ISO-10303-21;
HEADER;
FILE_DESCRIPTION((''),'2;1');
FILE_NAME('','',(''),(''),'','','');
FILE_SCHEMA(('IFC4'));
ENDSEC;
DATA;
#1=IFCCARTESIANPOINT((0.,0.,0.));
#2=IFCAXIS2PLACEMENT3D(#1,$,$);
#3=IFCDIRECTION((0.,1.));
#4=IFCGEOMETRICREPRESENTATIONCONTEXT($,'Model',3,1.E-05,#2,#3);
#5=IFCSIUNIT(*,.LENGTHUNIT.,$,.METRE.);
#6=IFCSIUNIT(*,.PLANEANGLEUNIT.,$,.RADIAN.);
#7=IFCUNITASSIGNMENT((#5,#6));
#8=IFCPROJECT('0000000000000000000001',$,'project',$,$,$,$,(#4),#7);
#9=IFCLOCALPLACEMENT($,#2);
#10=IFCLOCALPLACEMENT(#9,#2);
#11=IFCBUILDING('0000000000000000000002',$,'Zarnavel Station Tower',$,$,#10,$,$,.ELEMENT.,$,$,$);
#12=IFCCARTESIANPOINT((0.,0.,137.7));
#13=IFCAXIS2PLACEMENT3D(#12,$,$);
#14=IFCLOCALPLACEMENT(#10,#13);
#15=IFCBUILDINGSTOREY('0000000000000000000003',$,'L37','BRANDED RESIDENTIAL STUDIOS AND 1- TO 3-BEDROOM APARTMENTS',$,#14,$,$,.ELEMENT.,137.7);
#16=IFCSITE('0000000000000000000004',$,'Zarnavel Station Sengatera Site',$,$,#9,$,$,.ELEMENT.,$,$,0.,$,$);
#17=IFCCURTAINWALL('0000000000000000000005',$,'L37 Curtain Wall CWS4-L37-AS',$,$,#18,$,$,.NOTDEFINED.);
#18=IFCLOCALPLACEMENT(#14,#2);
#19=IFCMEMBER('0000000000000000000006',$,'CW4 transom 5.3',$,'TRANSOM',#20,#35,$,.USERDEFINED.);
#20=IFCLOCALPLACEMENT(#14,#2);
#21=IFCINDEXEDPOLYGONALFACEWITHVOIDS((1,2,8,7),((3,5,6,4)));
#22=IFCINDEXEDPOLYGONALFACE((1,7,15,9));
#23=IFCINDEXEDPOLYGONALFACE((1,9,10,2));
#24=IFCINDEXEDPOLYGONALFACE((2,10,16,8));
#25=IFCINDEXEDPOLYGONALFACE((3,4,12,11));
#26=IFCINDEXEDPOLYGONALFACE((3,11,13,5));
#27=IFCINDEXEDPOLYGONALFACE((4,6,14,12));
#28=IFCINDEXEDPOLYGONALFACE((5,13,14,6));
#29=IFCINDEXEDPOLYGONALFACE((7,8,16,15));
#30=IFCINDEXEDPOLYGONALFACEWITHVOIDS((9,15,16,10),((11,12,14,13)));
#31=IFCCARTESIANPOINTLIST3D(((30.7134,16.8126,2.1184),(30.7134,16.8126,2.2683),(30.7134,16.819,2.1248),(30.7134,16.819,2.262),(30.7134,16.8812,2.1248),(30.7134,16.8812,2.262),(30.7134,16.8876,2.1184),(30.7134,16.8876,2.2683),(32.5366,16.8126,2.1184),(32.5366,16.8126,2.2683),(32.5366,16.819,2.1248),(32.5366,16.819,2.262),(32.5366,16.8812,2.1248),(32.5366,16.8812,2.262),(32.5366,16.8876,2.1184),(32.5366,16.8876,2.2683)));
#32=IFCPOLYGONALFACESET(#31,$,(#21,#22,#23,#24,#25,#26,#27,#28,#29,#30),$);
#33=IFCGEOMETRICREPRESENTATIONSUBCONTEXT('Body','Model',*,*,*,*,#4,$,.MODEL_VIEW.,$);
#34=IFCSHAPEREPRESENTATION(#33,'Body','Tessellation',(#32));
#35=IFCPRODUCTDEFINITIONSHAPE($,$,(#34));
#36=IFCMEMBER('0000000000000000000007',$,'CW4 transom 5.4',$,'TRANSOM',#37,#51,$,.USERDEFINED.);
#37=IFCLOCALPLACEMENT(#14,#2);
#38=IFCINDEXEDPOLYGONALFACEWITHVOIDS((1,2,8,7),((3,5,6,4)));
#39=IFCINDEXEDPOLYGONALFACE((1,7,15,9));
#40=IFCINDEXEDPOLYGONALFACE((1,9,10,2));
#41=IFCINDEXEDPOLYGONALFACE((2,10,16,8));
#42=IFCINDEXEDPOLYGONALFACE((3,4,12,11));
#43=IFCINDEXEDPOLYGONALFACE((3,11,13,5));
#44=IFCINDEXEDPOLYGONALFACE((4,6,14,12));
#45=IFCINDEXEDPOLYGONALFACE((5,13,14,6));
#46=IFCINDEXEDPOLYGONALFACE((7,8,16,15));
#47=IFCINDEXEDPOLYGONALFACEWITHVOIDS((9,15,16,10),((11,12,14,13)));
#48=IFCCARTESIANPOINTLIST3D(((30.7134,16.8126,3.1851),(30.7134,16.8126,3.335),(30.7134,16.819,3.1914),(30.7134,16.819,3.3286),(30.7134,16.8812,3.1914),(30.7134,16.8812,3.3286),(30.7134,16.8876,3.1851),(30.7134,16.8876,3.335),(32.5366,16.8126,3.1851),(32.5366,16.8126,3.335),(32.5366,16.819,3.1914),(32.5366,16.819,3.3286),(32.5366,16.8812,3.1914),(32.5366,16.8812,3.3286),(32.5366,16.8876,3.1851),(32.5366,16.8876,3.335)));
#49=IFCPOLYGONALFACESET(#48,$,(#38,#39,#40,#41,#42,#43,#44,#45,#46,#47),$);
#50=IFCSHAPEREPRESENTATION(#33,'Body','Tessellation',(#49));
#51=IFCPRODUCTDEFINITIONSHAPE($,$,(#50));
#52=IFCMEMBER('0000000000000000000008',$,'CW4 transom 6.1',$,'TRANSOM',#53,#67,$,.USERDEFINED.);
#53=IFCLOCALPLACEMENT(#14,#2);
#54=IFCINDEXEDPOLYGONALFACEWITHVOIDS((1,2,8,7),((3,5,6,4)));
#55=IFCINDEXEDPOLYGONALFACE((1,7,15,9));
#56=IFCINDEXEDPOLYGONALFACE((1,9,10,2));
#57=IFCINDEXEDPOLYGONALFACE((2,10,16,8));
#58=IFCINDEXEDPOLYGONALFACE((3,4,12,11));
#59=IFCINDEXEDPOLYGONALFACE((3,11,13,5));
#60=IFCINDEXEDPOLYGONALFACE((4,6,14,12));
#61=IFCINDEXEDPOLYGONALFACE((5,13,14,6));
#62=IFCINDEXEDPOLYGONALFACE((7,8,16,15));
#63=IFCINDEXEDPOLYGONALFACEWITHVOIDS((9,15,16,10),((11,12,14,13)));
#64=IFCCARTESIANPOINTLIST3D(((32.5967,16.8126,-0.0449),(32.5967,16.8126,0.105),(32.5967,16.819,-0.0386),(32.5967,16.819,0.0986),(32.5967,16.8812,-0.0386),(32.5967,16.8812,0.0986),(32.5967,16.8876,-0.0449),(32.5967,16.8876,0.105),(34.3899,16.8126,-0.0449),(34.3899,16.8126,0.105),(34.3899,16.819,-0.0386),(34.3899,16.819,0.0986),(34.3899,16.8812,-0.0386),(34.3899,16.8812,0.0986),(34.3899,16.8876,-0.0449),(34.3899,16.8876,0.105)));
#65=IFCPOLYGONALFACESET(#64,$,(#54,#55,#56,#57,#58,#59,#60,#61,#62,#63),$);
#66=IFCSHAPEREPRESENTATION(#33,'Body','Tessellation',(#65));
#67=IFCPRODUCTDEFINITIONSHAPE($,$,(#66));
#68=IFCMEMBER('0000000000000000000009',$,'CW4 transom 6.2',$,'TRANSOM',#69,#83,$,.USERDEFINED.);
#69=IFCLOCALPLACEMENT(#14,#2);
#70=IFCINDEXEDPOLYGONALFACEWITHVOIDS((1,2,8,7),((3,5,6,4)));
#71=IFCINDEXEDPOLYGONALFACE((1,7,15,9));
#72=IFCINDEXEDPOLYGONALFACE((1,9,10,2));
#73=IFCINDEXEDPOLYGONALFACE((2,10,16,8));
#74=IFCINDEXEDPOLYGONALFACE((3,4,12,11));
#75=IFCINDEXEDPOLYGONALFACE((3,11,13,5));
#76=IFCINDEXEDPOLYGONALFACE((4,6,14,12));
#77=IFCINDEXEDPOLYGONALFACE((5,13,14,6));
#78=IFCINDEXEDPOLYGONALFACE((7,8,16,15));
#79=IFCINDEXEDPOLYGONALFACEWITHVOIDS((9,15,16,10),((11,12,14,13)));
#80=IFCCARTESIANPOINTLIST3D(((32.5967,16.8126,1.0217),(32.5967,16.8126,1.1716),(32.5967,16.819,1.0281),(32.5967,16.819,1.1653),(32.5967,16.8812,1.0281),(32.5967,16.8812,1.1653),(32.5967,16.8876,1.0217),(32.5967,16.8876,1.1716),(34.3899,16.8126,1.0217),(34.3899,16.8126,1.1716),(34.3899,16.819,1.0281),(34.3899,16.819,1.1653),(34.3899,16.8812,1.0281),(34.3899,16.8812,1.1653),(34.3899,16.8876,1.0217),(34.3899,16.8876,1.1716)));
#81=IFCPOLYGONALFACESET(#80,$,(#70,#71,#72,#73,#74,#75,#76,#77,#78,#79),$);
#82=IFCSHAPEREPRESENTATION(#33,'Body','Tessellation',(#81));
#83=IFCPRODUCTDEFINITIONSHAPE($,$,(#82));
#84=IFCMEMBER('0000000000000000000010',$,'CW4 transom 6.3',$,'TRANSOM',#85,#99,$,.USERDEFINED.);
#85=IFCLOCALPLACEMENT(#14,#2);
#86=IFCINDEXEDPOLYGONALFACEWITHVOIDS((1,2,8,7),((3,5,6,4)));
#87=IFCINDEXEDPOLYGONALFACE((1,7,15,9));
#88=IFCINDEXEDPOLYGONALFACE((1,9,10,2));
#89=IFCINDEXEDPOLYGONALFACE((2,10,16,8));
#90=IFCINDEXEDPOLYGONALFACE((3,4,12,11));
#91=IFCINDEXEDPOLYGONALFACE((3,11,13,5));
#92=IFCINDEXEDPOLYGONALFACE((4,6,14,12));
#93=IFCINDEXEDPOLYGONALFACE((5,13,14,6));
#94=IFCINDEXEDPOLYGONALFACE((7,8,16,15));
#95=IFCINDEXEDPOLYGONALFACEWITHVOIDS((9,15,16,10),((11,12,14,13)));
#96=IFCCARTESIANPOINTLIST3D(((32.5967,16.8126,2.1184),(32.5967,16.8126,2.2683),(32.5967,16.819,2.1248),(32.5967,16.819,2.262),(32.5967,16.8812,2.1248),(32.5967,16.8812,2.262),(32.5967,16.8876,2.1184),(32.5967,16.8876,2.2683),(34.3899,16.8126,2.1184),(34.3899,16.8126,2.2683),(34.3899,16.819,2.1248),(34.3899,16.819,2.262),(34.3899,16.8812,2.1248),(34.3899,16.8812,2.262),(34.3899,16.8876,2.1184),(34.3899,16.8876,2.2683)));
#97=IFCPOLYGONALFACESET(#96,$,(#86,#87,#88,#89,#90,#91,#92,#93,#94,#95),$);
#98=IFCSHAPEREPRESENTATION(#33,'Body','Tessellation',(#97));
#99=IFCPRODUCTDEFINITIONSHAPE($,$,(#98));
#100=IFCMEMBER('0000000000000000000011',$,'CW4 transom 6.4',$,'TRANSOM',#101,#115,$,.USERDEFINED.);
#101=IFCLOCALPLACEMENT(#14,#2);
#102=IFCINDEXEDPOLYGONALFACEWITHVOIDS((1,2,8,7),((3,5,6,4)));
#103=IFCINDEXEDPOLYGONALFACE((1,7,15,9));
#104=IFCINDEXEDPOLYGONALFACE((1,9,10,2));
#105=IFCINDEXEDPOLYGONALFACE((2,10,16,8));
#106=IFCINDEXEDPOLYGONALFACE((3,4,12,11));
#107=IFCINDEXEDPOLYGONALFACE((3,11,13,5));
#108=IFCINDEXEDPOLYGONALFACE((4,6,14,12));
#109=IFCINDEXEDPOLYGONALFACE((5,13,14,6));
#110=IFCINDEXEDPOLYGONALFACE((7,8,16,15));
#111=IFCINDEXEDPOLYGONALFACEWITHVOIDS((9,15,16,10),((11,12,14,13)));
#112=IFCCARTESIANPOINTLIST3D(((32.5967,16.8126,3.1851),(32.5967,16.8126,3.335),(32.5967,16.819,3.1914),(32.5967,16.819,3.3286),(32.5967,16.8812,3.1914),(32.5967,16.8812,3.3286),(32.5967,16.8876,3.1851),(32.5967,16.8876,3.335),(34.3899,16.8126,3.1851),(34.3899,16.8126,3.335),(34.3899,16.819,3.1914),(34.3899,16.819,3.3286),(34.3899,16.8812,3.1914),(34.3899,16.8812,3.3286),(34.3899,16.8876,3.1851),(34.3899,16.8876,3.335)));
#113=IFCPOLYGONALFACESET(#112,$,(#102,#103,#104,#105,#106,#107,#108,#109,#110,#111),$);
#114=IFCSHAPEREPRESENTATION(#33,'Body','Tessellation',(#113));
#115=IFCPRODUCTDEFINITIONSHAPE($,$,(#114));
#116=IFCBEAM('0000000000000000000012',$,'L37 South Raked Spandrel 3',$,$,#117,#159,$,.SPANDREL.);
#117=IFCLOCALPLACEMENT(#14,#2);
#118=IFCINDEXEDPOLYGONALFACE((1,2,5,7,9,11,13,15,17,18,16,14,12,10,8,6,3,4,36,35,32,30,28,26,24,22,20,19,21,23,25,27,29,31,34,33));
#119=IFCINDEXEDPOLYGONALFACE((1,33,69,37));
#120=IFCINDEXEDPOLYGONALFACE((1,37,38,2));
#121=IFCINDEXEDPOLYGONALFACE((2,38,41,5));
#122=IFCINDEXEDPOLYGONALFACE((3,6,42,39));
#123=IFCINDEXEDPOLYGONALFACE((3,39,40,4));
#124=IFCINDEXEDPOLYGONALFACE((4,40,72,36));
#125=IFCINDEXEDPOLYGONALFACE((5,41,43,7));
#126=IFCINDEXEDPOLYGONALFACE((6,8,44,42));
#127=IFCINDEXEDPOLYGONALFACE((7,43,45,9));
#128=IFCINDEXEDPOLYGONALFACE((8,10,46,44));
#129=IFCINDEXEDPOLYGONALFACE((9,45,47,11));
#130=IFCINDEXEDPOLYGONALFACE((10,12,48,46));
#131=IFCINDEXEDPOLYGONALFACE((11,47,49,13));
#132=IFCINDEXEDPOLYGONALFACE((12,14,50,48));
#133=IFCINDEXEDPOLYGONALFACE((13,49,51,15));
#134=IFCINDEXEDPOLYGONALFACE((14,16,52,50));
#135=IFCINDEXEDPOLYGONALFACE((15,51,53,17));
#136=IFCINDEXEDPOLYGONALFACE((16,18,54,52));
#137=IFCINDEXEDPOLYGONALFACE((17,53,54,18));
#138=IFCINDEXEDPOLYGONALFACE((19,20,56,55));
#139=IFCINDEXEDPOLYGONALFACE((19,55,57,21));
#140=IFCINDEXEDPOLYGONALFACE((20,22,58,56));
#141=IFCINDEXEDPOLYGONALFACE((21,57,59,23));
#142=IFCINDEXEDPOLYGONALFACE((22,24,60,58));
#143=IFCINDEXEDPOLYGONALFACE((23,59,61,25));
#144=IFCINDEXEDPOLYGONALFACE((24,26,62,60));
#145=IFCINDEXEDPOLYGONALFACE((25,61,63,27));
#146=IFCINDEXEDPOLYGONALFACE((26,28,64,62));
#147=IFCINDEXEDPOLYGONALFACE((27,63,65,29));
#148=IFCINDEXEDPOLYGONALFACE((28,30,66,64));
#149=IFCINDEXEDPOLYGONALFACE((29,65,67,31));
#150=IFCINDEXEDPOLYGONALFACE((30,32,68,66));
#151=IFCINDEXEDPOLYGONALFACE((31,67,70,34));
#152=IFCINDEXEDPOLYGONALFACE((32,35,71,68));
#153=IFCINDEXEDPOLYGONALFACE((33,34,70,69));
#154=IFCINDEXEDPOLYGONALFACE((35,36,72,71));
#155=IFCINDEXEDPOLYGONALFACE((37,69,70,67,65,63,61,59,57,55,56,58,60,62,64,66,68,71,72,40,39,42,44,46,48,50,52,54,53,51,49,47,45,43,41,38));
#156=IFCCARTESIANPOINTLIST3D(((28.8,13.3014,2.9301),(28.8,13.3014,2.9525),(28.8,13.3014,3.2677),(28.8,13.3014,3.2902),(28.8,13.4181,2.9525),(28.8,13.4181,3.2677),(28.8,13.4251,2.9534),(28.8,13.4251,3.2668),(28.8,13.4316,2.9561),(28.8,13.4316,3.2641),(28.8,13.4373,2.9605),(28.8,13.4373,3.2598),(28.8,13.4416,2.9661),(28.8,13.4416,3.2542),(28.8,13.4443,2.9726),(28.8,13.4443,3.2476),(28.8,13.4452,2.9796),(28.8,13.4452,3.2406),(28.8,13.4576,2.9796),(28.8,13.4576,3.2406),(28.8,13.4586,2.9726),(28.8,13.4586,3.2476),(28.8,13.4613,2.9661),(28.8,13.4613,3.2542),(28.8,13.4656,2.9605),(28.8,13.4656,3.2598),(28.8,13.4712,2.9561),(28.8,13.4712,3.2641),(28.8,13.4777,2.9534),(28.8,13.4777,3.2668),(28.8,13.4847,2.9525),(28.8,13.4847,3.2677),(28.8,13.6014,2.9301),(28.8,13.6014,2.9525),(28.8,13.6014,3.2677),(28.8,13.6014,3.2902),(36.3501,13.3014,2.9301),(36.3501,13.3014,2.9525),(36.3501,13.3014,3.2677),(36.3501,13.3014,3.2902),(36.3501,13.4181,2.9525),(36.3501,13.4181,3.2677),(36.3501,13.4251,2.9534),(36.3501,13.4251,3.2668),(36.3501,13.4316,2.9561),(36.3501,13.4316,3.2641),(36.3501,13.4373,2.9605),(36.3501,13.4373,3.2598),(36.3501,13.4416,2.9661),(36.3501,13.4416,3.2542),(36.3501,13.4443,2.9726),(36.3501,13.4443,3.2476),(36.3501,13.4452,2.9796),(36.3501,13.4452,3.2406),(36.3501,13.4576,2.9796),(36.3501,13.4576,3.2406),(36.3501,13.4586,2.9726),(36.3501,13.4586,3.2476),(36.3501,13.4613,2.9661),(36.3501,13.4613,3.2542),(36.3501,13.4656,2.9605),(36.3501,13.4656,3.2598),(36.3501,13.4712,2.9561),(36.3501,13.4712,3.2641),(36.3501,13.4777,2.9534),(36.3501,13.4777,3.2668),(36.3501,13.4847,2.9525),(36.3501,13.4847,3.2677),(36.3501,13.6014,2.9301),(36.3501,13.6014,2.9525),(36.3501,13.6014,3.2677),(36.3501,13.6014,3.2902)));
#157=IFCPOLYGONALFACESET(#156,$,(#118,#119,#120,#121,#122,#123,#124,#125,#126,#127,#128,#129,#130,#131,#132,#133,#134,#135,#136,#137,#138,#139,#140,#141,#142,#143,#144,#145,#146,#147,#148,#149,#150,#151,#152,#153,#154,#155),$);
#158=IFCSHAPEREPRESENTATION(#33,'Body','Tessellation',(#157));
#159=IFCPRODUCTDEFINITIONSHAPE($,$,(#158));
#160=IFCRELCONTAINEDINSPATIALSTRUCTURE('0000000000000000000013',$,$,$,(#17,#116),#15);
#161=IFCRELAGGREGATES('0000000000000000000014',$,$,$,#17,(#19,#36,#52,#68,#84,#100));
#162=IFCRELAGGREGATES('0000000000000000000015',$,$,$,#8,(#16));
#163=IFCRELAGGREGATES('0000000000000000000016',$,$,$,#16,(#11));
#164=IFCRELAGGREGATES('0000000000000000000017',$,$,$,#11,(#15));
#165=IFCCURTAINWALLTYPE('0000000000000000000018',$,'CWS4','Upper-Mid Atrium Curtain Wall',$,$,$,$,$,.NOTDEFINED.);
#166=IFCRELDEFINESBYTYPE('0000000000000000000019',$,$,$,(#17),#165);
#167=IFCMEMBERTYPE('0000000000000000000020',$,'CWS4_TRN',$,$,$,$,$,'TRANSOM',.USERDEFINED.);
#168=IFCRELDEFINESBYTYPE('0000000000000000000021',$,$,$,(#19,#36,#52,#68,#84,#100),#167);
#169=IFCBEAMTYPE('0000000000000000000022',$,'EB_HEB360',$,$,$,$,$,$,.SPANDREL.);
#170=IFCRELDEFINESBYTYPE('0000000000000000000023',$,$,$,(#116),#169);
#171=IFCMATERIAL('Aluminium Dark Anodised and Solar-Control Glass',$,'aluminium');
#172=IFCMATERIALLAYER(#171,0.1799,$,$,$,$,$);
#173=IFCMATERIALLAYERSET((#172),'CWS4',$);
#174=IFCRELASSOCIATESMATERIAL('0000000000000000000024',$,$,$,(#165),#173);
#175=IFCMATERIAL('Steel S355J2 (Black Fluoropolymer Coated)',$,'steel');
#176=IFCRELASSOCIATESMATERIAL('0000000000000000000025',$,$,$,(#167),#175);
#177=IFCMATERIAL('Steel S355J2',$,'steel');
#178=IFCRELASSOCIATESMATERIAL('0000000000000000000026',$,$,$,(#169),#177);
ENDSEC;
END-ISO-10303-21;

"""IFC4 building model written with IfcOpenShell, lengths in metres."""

from ifc_helpers import new_model, si_unit, direction, frame, origin, origin_2d, place, context, subcontext, project, spatial, hollow_rectangle, i_section, extrude, material, layer, layer_set, material_profile, profile_set, type_object, element, aggregate, save


model = new_model("IFC4")

# Units and contexts
model_context = context("Model", 3, precision=1e-05, world=origin(), true_north=direction((0.0, 1.0)))
body_context = subcontext(model_context, "Body", "Model", "MODEL_VIEW")
ifc_project = project(units=[si_unit("LENGTHUNIT", "METRE"), si_unit("PLANEANGLEUNIT", "RADIAN")], contexts=[model_context])

# Site, building, storey
site_placement = place(None, origin())
site = spatial("IfcSite", under=ifc_project, at=site_placement, Name="Zarnavel Station Sengatera Site", CompositionType="ELEMENT", RefElevation=0.0)
building_placement = place(site_placement, origin())
building = spatial("IfcBuilding", under=site, at=building_placement, Name="Zarnavel Station Tower", CompositionType="ELEMENT")
storey_placement = place(building_placement, frame((0.0, 0.0, 137.7)))
storey = spatial("IfcBuildingStorey", under=building, at=storey_placement, Name="L37", Description="BRANDED RESIDENTIAL STUDIOS AND 1- TO 3-BEDROOM APARTMENTS", CompositionType="ELEMENT", Elevation=137.7)

# Curtain wall, members
ifc_material_1 = material(Name="Aluminium Dark Anodised and Solar-Control Glass", Category="aluminium")
ifc_layer_1 = layer(ifc_material_1, 0.1799)
ifc_layer_set_1 = layer_set([ifc_layer_1], Name="CWS4")
curtain_wall_type = type_object("IfcCurtainWallType", Name="CWS4", Description="Upper-Mid Atrium Curtain Wall", PredefinedType="NOTDEFINED", material=ifc_layer_set_1)
curtain_wall_placement = place(storey_placement, origin())
curtain_wall = element("IfcCurtainWall", 1, at=curtain_wall_placement, inside=storey, type_object=curtain_wall_type, Name="L37 Curtain Wall CWS4-L37-AS", PredefinedType="NOTDEFINED")
ifc_material_2 = material(Name="Steel S355J2 (Black Fluoropolymer Coated)", Category="steel")
ifc_material_profile_1 = material_profile(ifc_material_2, hollow_rectangle(XDim=0.075, YDim=0.1499, WallThickness=0.0063, at=origin_2d()), Name="RHS150x75x6.3")
ifc_profile_set_1 = profile_set([ifc_material_profile_1], Name="Steel S355J2 (Black Fluoropolymer Coated)")
member_type_1 = type_object("IfcMemberType", Name="CWS4_TRN", ElementType="TRANSOM", PredefinedType="USERDEFINED", material=ifc_profile_set_1)
member_1_placement = place(storey_placement, frame((30.7134, 16.8501, 2.1934), z_axis=(1.0, 0.0, 0.0), x_axis=(0.0, 1.0, 0.0)))
member_1 = element("IfcMember", 2, at=member_1_placement, type_object=member_type_1, Name="CW4 transom 5.3", ObjectType="TRANSOM", PredefinedType="USERDEFINED", context=body_context, shape_type="SweptSolid", body=[
    extrude(hollow_rectangle(XDim=0.075, YDim=0.1499, WallThickness=0.0063, at=origin_2d()), origin(), (0.0, 0.0, 1.0), 1.8232),
])
member_2_placement = place(storey_placement, frame((30.7134, 16.8501, 3.26), z_axis=(1.0, 0.0, 0.0), x_axis=(0.0, 1.0, 0.0)))
member_2 = element("IfcMember", 3, at=member_2_placement, type_object=member_type_1, Name="CW4 transom 5.4", ObjectType="TRANSOM", PredefinedType="USERDEFINED", context=body_context, shape_type="SweptSolid", body=[
    extrude(hollow_rectangle(XDim=0.075, YDim=0.1499, WallThickness=0.0063, at=origin_2d()), origin(), (0.0, 0.0, 1.0), 1.8232),
])
member_3_placement = place(storey_placement, frame((32.5967, 16.8501, 0.03), z_axis=(1.0, 0.0, 0.0), x_axis=(0.0, 1.0, 0.0)))
member_3 = element("IfcMember", 4, at=member_3_placement, type_object=member_type_1, Name="CW4 transom 6.1", ObjectType="TRANSOM", PredefinedType="USERDEFINED", context=body_context, shape_type="SweptSolid", body=[
    extrude(hollow_rectangle(XDim=0.075, YDim=0.1499, WallThickness=0.0063, at=origin_2d()), origin(), (0.0, 0.0, 1.0), 1.7932),
])
member_4_placement = place(storey_placement, frame((32.5967, 16.8501, 1.0967), z_axis=(1.0, 0.0, 0.0), x_axis=(0.0, 1.0, 0.0)))
member_4 = element("IfcMember", 5, at=member_4_placement, type_object=member_type_1, Name="CW4 transom 6.2", ObjectType="TRANSOM", PredefinedType="USERDEFINED", context=body_context, shape_type="SweptSolid", body=[
    extrude(hollow_rectangle(XDim=0.075, YDim=0.1499, WallThickness=0.0063, at=origin_2d()), origin(), (0.0, 0.0, 1.0), 1.7932),
])
member_5_placement = place(storey_placement, frame((32.5967, 16.8501, 2.1934), z_axis=(1.0, 0.0, 0.0), x_axis=(0.0, 1.0, 0.0)))
member_5 = element("IfcMember", 6, at=member_5_placement, type_object=member_type_1, Name="CW4 transom 6.3", ObjectType="TRANSOM", PredefinedType="USERDEFINED", context=body_context, shape_type="SweptSolid", body=[
    extrude(hollow_rectangle(XDim=0.075, YDim=0.1499, WallThickness=0.0063, at=origin_2d()), origin(), (0.0, 0.0, 1.0), 1.7932),
])
member_6_placement = place(storey_placement, frame((32.5967, 16.8501, 3.26), z_axis=(1.0, 0.0, 0.0), x_axis=(0.0, 1.0, 0.0)))
member_6 = element("IfcMember", 7, at=member_6_placement, type_object=member_type_1, Name="CW4 transom 6.4", ObjectType="TRANSOM", PredefinedType="USERDEFINED", context=body_context, shape_type="SweptSolid", body=[
    extrude(hollow_rectangle(XDim=0.075, YDim=0.1499, WallThickness=0.0063, at=origin_2d()), origin(), (0.0, 0.0, 1.0), 1.7932),
])

# Beam
ifc_material_3 = material(Name="Steel S355J2", Category="steel")
ifc_material_profile_2 = material_profile(ifc_material_3, i_section(OverallWidth=0.3, OverallDepth=0.3601, WebThickness=0.0125, FlangeThickness=0.0225, FilletRadius=0.0271, at=origin_2d()), Name="HEB360")
ifc_profile_set_2 = profile_set([ifc_material_profile_2], Name="Steel S355J2")
beam_type_1 = type_object("IfcBeamType", Name="EB_HEB360", PredefinedType="SPANDREL", material=ifc_profile_set_2)
beam_1_placement = place(storey_placement, frame((28.8, 13.4514, 3.1101), z_axis=(1.0, 0.0, 0.0), x_axis=(0.0, 1.0, 0.0)))
element("IfcBeam", 8, at=beam_1_placement, inside=storey, type_object=beam_type_1, Name="L37 South Raked Spandrel 3", PredefinedType="SPANDREL", context=body_context, shape_type="SweptSolid", body=[
    extrude(i_section(OverallWidth=0.3, OverallDepth=0.3601, WebThickness=0.0125, FlangeThickness=0.0225, FilletRadius=0.0271, at=origin_2d()), origin(), (0.0, 0.0, 1.0), 7.55),
])

aggregate(curtain_wall, [member_1, member_2, member_3, member_4, member_5, member_6])

save(model, "model.ifc")
